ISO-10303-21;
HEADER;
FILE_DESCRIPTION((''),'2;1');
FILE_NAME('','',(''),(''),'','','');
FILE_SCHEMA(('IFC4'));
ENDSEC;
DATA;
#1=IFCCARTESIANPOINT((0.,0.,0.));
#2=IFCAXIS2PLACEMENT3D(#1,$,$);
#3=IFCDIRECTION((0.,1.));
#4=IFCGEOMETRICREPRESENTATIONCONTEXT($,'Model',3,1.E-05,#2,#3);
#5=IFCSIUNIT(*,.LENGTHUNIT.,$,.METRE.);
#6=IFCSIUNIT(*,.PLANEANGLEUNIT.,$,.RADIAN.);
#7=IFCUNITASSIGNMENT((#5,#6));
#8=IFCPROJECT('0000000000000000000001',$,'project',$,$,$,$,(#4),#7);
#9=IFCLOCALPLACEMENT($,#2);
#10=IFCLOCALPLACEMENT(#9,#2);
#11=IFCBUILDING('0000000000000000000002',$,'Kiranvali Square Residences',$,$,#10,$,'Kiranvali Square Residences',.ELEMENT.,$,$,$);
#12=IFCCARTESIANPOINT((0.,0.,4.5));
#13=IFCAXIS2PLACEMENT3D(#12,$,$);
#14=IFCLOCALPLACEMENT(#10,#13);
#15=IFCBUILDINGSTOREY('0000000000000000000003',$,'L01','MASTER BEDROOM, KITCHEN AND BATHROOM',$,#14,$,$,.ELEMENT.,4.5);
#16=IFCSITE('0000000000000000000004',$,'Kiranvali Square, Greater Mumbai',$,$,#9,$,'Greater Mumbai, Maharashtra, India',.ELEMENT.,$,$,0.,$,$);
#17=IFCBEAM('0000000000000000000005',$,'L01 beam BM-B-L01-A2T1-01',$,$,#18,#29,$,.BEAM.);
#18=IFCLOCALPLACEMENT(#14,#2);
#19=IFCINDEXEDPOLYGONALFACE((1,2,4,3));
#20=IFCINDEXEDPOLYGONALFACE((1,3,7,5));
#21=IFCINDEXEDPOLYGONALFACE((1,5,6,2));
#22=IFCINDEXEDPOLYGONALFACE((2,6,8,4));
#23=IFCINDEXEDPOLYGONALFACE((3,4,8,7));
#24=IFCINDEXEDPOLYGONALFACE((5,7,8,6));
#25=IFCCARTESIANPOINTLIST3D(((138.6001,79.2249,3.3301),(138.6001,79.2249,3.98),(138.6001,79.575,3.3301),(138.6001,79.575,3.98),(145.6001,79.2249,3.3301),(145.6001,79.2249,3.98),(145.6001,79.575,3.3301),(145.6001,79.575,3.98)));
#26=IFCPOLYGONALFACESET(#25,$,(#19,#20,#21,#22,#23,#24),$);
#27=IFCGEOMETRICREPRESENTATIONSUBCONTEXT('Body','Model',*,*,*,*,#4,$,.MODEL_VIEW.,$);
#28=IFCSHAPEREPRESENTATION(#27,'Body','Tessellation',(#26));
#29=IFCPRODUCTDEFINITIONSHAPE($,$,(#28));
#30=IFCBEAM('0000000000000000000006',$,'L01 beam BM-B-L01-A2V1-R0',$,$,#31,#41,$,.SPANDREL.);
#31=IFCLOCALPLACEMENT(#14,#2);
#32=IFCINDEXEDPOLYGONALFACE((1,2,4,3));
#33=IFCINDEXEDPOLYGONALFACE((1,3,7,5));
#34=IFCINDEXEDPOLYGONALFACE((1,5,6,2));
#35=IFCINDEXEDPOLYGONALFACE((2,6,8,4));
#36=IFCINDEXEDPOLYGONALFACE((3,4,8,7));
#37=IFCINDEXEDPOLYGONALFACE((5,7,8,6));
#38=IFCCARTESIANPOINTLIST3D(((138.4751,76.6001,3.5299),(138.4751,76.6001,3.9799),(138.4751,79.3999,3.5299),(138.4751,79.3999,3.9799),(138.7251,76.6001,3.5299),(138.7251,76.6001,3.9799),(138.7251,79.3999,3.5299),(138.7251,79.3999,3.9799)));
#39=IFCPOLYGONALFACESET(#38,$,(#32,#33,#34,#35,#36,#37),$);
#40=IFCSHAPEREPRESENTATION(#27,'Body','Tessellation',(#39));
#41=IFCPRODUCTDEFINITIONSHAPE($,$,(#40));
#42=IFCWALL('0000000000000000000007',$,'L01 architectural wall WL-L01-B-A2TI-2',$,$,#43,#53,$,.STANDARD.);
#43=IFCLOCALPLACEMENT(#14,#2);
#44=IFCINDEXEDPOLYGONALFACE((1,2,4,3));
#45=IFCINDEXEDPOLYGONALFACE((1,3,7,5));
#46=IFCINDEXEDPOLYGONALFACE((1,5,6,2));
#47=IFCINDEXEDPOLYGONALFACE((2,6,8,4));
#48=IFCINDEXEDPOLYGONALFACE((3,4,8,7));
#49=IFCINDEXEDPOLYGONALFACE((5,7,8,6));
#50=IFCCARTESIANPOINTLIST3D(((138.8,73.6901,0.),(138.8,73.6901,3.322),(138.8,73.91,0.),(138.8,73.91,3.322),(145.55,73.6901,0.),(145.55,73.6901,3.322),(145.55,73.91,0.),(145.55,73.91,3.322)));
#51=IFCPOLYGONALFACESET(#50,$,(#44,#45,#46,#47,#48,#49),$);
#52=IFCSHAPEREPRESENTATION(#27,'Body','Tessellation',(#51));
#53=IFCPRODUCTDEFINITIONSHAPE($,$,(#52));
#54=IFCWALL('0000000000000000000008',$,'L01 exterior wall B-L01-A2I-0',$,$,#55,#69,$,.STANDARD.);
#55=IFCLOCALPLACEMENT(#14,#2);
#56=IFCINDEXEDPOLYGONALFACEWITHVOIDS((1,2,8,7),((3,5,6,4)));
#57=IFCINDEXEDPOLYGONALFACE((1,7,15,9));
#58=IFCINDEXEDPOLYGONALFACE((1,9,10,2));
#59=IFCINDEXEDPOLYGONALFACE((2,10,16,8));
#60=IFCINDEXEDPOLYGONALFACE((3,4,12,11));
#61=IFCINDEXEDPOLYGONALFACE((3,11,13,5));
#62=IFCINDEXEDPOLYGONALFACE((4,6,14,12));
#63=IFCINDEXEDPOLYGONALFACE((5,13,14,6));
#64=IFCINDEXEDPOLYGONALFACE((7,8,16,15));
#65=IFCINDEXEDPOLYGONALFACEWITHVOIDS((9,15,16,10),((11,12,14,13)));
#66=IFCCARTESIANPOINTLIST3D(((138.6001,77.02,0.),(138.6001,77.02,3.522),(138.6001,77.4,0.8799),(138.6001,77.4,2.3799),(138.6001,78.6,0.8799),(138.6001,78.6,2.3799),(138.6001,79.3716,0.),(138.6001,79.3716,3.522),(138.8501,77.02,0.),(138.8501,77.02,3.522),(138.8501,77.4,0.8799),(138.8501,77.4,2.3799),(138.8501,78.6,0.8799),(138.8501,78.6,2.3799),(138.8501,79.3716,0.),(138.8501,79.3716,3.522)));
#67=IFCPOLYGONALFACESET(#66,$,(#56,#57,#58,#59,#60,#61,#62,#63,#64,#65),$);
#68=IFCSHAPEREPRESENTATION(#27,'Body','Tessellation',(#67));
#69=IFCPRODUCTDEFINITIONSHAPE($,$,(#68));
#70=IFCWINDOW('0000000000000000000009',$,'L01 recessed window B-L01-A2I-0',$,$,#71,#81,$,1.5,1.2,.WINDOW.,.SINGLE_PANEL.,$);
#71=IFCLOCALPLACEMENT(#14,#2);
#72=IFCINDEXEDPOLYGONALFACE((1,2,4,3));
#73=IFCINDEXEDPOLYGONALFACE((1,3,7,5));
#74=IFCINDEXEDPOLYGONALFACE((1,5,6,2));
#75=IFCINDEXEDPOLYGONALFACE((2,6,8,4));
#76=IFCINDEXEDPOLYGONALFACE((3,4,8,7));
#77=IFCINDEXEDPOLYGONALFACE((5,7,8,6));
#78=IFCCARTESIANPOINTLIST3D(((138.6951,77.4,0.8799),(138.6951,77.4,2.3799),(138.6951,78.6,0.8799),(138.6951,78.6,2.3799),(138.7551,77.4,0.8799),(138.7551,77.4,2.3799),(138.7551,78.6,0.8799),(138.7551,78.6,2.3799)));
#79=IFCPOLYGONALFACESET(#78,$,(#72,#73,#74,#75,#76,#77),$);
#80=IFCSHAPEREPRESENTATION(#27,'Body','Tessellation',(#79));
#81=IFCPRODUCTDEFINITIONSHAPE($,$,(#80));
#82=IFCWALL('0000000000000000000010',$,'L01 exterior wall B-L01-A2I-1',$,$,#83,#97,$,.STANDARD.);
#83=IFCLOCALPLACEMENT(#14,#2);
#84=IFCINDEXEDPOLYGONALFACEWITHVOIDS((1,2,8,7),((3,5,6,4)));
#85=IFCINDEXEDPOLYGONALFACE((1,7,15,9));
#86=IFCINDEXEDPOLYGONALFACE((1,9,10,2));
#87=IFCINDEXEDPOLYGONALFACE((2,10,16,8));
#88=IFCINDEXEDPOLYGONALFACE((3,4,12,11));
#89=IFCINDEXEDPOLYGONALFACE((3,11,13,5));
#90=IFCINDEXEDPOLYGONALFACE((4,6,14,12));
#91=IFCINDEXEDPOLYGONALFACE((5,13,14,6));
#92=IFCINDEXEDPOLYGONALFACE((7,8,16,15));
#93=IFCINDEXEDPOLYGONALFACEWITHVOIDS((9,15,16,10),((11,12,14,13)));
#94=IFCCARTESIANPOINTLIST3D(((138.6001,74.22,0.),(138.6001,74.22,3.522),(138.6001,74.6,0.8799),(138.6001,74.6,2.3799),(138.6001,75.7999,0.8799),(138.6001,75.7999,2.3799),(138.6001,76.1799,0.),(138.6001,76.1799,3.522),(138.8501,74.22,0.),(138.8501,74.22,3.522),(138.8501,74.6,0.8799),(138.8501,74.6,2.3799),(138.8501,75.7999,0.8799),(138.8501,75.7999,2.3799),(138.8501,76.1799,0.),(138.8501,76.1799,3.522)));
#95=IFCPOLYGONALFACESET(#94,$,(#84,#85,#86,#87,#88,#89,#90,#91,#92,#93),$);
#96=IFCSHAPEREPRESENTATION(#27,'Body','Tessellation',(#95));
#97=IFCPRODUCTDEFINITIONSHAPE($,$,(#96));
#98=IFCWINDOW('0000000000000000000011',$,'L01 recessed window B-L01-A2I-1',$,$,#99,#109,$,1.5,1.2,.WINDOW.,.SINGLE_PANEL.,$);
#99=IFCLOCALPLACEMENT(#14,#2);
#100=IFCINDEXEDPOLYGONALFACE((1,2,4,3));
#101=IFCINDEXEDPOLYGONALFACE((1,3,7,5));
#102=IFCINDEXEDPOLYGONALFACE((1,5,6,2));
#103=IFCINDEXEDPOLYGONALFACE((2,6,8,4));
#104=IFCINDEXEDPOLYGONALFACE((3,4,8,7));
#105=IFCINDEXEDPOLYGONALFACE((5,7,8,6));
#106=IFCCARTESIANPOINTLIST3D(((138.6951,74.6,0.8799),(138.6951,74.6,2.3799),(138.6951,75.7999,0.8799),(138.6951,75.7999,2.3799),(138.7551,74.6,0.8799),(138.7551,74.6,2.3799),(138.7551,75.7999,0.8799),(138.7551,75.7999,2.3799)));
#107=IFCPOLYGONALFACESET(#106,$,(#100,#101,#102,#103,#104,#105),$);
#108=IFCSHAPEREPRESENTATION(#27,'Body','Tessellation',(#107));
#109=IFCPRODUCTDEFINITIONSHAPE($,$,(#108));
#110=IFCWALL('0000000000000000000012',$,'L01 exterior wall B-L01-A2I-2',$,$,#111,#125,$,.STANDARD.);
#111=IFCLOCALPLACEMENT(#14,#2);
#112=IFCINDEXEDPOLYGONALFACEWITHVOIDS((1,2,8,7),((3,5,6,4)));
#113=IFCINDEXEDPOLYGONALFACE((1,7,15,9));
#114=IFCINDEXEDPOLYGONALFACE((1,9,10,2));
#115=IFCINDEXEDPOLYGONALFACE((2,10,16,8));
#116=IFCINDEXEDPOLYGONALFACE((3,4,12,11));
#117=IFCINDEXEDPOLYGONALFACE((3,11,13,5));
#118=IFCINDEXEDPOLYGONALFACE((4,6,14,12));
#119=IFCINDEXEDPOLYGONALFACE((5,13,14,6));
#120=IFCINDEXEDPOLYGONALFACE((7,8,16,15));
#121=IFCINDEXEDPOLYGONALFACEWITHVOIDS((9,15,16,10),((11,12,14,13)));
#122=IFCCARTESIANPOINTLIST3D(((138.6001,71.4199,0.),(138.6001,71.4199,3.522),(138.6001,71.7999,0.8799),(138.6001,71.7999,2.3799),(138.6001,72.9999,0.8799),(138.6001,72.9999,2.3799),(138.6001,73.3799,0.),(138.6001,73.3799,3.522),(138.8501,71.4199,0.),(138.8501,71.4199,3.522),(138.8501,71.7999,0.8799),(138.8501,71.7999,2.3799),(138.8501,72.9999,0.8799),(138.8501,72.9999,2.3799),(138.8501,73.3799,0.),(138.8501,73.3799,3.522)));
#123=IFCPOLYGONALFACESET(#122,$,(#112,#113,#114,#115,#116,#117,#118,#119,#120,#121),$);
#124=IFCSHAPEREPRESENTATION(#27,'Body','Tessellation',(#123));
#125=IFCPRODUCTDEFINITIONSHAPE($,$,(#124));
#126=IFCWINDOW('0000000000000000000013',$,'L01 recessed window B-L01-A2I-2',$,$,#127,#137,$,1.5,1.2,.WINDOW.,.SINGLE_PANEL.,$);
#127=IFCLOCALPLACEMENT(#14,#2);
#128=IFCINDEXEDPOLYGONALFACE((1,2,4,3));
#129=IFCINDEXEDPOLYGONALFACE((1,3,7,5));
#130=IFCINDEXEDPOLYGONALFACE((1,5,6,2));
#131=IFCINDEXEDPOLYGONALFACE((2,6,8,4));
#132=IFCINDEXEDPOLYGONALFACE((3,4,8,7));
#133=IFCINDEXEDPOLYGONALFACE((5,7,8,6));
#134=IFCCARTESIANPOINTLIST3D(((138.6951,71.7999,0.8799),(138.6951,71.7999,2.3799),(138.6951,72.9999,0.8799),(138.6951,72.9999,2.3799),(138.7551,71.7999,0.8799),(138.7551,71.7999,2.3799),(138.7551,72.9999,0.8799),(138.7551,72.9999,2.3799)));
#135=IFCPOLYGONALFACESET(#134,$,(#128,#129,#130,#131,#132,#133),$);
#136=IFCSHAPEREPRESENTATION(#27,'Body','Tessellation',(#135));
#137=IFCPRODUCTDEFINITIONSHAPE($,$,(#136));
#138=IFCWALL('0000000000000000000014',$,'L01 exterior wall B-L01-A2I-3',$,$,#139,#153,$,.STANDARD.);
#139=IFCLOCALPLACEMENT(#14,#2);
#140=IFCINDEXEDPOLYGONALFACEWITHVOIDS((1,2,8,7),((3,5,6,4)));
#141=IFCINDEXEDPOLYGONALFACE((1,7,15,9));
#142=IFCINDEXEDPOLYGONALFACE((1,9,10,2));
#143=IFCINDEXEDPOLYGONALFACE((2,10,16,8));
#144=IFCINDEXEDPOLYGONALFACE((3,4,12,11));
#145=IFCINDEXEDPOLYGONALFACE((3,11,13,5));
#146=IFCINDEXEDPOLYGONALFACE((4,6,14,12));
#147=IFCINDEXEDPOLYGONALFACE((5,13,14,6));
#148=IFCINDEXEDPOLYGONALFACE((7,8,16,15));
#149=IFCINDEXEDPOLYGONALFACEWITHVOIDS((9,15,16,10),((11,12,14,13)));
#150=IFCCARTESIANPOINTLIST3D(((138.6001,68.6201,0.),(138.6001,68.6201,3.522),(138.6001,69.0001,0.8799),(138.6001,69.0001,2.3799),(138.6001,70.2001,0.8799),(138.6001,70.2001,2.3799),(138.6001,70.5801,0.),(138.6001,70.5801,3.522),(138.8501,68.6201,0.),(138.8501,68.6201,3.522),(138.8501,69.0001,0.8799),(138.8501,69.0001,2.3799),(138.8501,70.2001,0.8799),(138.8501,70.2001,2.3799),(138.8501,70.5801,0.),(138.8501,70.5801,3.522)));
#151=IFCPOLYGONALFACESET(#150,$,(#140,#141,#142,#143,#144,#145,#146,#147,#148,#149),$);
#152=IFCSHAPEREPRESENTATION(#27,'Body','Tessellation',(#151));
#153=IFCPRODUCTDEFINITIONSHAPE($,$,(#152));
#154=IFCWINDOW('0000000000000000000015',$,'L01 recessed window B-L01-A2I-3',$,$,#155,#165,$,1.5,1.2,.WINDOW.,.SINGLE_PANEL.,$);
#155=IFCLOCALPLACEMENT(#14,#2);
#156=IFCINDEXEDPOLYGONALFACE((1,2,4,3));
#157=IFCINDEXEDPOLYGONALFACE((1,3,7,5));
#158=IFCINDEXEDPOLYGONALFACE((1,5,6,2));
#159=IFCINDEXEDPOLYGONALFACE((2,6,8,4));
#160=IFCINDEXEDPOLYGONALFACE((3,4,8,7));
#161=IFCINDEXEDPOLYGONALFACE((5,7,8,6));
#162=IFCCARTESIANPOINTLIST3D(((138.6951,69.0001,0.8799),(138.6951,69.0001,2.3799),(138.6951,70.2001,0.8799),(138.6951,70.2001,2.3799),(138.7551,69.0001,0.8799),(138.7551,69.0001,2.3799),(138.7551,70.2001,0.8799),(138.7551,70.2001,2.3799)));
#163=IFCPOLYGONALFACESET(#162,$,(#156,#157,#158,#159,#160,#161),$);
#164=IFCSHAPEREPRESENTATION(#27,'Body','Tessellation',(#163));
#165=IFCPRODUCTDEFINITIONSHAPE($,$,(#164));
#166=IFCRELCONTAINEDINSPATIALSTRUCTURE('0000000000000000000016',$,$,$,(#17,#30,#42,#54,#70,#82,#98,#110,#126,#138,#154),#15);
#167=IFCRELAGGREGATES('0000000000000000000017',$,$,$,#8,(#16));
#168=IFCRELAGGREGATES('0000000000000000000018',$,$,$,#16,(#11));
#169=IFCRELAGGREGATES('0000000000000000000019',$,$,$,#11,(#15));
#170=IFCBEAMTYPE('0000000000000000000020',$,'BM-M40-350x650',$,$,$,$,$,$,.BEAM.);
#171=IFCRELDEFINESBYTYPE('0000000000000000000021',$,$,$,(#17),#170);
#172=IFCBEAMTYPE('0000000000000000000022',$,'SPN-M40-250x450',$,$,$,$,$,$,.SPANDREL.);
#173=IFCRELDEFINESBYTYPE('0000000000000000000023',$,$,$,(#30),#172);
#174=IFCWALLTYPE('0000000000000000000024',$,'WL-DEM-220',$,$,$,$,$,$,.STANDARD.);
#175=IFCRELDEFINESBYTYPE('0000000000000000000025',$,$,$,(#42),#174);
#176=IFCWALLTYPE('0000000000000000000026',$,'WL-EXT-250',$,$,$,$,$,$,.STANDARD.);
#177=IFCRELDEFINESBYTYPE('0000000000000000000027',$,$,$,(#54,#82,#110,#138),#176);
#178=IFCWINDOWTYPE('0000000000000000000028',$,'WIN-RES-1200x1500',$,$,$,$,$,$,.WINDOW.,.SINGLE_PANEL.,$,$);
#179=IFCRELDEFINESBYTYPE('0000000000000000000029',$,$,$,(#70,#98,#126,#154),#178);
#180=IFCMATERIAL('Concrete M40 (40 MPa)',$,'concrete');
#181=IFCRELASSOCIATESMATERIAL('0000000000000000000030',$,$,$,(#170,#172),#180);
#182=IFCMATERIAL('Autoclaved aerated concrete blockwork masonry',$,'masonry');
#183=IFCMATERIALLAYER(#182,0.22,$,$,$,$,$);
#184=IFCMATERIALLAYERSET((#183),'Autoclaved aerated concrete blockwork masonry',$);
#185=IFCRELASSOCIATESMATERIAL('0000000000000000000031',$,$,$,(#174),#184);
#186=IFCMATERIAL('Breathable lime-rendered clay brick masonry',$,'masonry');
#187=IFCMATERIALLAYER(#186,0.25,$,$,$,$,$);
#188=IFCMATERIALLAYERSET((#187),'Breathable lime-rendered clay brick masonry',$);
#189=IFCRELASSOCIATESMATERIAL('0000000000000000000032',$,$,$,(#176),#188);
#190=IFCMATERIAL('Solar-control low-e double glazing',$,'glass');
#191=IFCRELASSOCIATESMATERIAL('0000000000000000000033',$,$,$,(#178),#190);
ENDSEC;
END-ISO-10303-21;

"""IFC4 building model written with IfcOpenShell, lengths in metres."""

from ifc_helpers import new_model, si_unit, direction, frame, frame_2d, origin, origin_2d, place, context, subcontext, project, spatial, rectangle, extrude, material, layer, layer_set, material_profile, profile_set, type_object, element, fill, save


model = new_model("IFC4")

# Units and contexts
model_context = context("Model", 3, precision=1e-05, world=origin(), true_north=direction((0.0, 1.0)))
body_context = subcontext(model_context, "Body", "Model", "MODEL_VIEW")
ifc_project = project(units=[si_unit("LENGTHUNIT", "METRE"), si_unit("PLANEANGLEUNIT", "RADIAN")], contexts=[model_context])

# Site, building, storey
site_placement = place(None, origin())
site = spatial("IfcSite", under=ifc_project, at=site_placement, Name="Kiranvali Square, Greater Mumbai", LongName="Greater Mumbai, Maharashtra, India", CompositionType="ELEMENT", RefElevation=0.0)
building_placement = place(site_placement, origin())
building = spatial("IfcBuilding", under=site, at=building_placement, Name="Kiranvali Square Residences", LongName="Kiranvali Square Residences", CompositionType="ELEMENT")
storey_placement = place(building_placement, frame((0.0, 0.0, 4.5)))
storey = spatial("IfcBuildingStorey", under=building, at=storey_placement, Name="L01", Description="MASTER BEDROOM, KITCHEN AND BATHROOM", CompositionType="ELEMENT", Elevation=4.5)

# Beams
ifc_material_1 = material(Name="Concrete M40 (40 MPa)", Category="concrete")
ifc_material_profile_1 = material_profile(ifc_material_1, rectangle(XDim=0.3501, YDim=0.6499, at=origin_2d()), Name="RC 350x650")
ifc_profile_set_1 = profile_set([ifc_material_profile_1], Name="Concrete M40 (40 MPa)")
beam_type_1 = type_object("IfcBeamType", Name="BM-M40-350x650", PredefinedType="BEAM", material=ifc_profile_set_1)
beam_1_placement = place(storey_placement, frame((138.6001, 79.3999, 3.655), z_axis=(1.0, 0.0, 0.0), x_axis=(0.0, 1.0, 0.0)))
element("IfcBeam", 1, at=beam_1_placement, inside=storey, type_object=beam_type_1, Name="L01 beam BM-B-L01-A2T1-01", PredefinedType="BEAM", context=body_context, shape_type="SweptSolid", body=[
    extrude(rectangle(XDim=0.3501, YDim=0.6499, at=origin_2d()), origin(), (0.0, 0.0, 1.0), 7.0),
])
ifc_material_profile_2 = material_profile(ifc_material_1, rectangle(XDim=0.25, YDim=0.45, at=origin_2d()), Name="RC 250x450")
ifc_profile_set_2 = profile_set([ifc_material_profile_2], Name="Concrete M40 (40 MPa)")
beam_type_2 = type_object("IfcBeamType", Name="SPN-M40-250x450", PredefinedType="SPANDREL", material=ifc_profile_set_2)
beam_2_placement = place(storey_placement, frame((138.6001, 79.3999, 3.7549), z_axis=(0.0, -1.0, 0.0), x_axis=(1.0, 0.0, 0.0)))
element("IfcBeam", 2, at=beam_2_placement, inside=storey, type_object=beam_type_2, Name="L01 beam BM-B-L01-A2V1-R0", PredefinedType="SPANDREL", context=body_context, shape_type="SweptSolid", body=[
    extrude(rectangle(XDim=0.25, YDim=0.45, at=origin_2d()), origin(), (0.0, 0.0, 1.0), 2.7998),
])

# Wall
ifc_material_2 = material(Name="Autoclaved aerated concrete blockwork masonry", Category="masonry")
ifc_layer_1 = layer(ifc_material_2, 0.22)
ifc_layer_set_1 = layer_set([ifc_layer_1], Name="Autoclaved aerated concrete blockwork masonry")
wall_type_1 = type_object("IfcWallType", Name="WL-DEM-220", PredefinedType="STANDARD", material=ifc_layer_set_1)
wall_1_placement = place(storey_placement, frame((138.8, 73.8, 0.0), z_axis=(0.0, 0.0, 1.0), x_axis=(1.0, 0.0, 0.0)))
element("IfcWall", 3, at=wall_1_placement, inside=storey, type_object=wall_type_1, Name="L01 architectural wall WL-L01-B-A2TI-2", PredefinedType="STANDARD", context=body_context, shape_type="SweptSolid", body=[
    extrude(rectangle(XDim=6.75, YDim=0.22, at=frame_2d((3.375, 0.0))), origin(), (0.0, 0.0, 1.0), 3.322),
])

# Walls, openings, windows
ifc_material_3 = material(Name="Breathable lime-rendered clay brick masonry", Category="masonry")
ifc_layer_2 = layer(ifc_material_3, 0.25)
ifc_layer_set_2 = layer_set([ifc_layer_2], Name="Breathable lime-rendered clay brick masonry")
wall_type_2 = type_object("IfcWallType", Name="WL-EXT-250", PredefinedType="STANDARD", material=ifc_layer_set_2)
wall_2_placement = place(storey_placement, frame((138.7251, 79.3716, 0.0), z_axis=(0.0, 0.0, 1.0), x_axis=(0.0, -1.0, 0.0)))
wall_2 = element("IfcWall", 4, at=wall_2_placement, inside=storey, type_object=wall_type_2, Name="L01 exterior wall B-L01-A2I-0", PredefinedType="STANDARD", context=body_context, shape_type="SweptSolid", body=[
    extrude(rectangle(XDim=2.3516, YDim=0.25, at=frame_2d((1.1758, 0.0))), origin(), (0.0, 0.0, 1.0), 3.522),
])
opening_1_placement = place(wall_2_placement, frame((0.7715, 0.0, 0.8799)))
opening_1 = element("IfcOpeningElement", 5, at=opening_1_placement, cuts=wall_2, PredefinedType="OPENING", context=body_context, shape_type="SweptSolid", body=[
    extrude(rectangle(XDim=1.2, YDim=1.5, at=frame_2d((0.6001, 0.75))), frame((0.0, 0.135, 0.0), z_axis=(0.0, -1.0, 0.0), x_axis=(1.0, 0.0, 0.0)), (0.0, 0.0, 1.0), 0.27),
])
ifc_material_4 = material(Name="Solar-control low-e double glazing", Category="glass")
window_type_1 = type_object("IfcWindowType", Name="WIN-RES-1200x1500", PartitioningType="SINGLE_PANEL", PredefinedType="WINDOW", material=ifc_material_4)
window_1_placement = place(opening_1_placement, origin())
window_1 = element("IfcWindow", 6, at=window_1_placement, inside=storey, type_object=window_type_1, Name="L01 recessed window B-L01-A2I-0", OverallHeight=1.5, OverallWidth=1.2, PartitioningType="SINGLE_PANEL", PredefinedType="WINDOW", context=body_context, shape_type="SweptSolid", body=[
    extrude(rectangle(XDim=1.2, YDim=1.5, at=frame_2d((0.6001, 0.75))), frame((0.0, 0.03, 0.0), z_axis=(0.0, -1.0, 0.0), x_axis=(1.0, 0.0, 0.0)), (0.0, 0.0, 1.0), 0.0601),
])
fill(opening_1, window_1)
wall_3_placement = place(storey_placement, frame((138.7251, 76.1799, 0.0), z_axis=(0.0, 0.0, 1.0), x_axis=(0.0, -1.0, 0.0)))
wall_3 = element("IfcWall", 7, at=wall_3_placement, inside=storey, type_object=wall_type_2, Name="L01 exterior wall B-L01-A2I-1", PredefinedType="STANDARD", context=body_context, shape_type="SweptSolid", body=[
    extrude(rectangle(XDim=1.96, YDim=0.25, at=frame_2d((0.98, 0.0))), origin(), (0.0, 0.0, 1.0), 3.522),
])
opening_2_placement = place(wall_3_placement, frame((0.3799, 0.0, 0.8799)))
opening_2 = element("IfcOpeningElement", 8, at=opening_2_placement, cuts=wall_3, PredefinedType="OPENING", context=body_context, shape_type="SweptSolid", body=[
    extrude(rectangle(XDim=1.2, YDim=1.5, at=frame_2d((0.6001, 0.75))), frame((0.0, 0.135, 0.0), z_axis=(0.0, -1.0, 0.0), x_axis=(1.0, 0.0, 0.0)), (0.0, 0.0, 1.0), 0.27),
])
window_2_placement = place(opening_2_placement, origin())
window_2 = element("IfcWindow", 9, at=window_2_placement, inside=storey, type_object=window_type_1, Name="L01 recessed window B-L01-A2I-1", OverallHeight=1.5, OverallWidth=1.2, PartitioningType="SINGLE_PANEL", PredefinedType="WINDOW", context=body_context, shape_type="SweptSolid", body=[
    extrude(rectangle(XDim=1.2, YDim=1.5, at=frame_2d((0.6001, 0.75))), frame((0.0, 0.03, 0.0), z_axis=(0.0, -1.0, 0.0), x_axis=(1.0, 0.0, 0.0)), (0.0, 0.0, 1.0), 0.0601),
])
fill(opening_2, window_2)
wall_4_placement = place(storey_placement, frame((138.7251, 73.3799, 0.0), z_axis=(0.0, 0.0, 1.0), x_axis=(0.0, -1.0, 0.0)))
wall_4 = element("IfcWall", 10, at=wall_4_placement, inside=storey, type_object=wall_type_2, Name="L01 exterior wall B-L01-A2I-2", PredefinedType="STANDARD", context=body_context, shape_type="SweptSolid", body=[
    extrude(rectangle(XDim=1.96, YDim=0.25, at=frame_2d((0.98, 0.0))), origin(), (0.0, 0.0, 1.0), 3.522),
])
opening_3_placement = place(wall_4_placement, frame((0.3799, 0.0, 0.8799)))
opening_3 = element("IfcOpeningElement", 11, at=opening_3_placement, cuts=wall_4, PredefinedType="OPENING", context=body_context, shape_type="SweptSolid", body=[
    extrude(rectangle(XDim=1.2, YDim=1.5, at=frame_2d((0.6001, 0.75))), frame((0.0, 0.135, 0.0), z_axis=(0.0, -1.0, 0.0), x_axis=(1.0, 0.0, 0.0)), (0.0, 0.0, 1.0), 0.27),
])
window_3_placement = place(opening_3_placement, origin())
window_3 = element("IfcWindow", 12, at=window_3_placement, inside=storey, type_object=window_type_1, Name="L01 recessed window B-L01-A2I-2", OverallHeight=1.5, OverallWidth=1.2, PartitioningType="SINGLE_PANEL", PredefinedType="WINDOW", context=body_context, shape_type="SweptSolid", body=[
    extrude(rectangle(XDim=1.2, YDim=1.5, at=frame_2d((0.6001, 0.75))), frame((0.0, 0.03, 0.0), z_axis=(0.0, -1.0, 0.0), x_axis=(1.0, 0.0, 0.0)), (0.0, 0.0, 1.0), 0.0601),
])
fill(opening_3, window_3)
wall_5_placement = place(storey_placement, frame((138.7251, 70.5801, 0.0), z_axis=(0.0, 0.0, 1.0), x_axis=(0.0, -1.0, 0.0)))
wall_5 = element("IfcWall", 13, at=wall_5_placement, inside=storey, type_object=wall_type_2, Name="L01 exterior wall B-L01-A2I-3", PredefinedType="STANDARD", context=body_context, shape_type="SweptSolid", body=[
    extrude(rectangle(XDim=1.96, YDim=0.25, at=frame_2d((0.98, 0.0))), origin(), (0.0, 0.0, 1.0), 3.522),
])
opening_4_placement = place(wall_5_placement, frame((0.3799, 0.0, 0.8799)))
opening_4 = element("IfcOpeningElement", 14, at=opening_4_placement, cuts=wall_5, PredefinedType="OPENING", context=body_context, shape_type="SweptSolid", body=[
    extrude(rectangle(XDim=1.2, YDim=1.5, at=frame_2d((0.6001, 0.75))), frame((0.0, 0.135, 0.0), z_axis=(0.0, -1.0, 0.0), x_axis=(1.0, 0.0, 0.0)), (0.0, 0.0, 1.0), 0.27),
])
window_4_placement = place(opening_4_placement, origin())
window_4 = element("IfcWindow", 15, at=window_4_placement, inside=storey, type_object=window_type_1, Name="L01 recessed window B-L01-A2I-3", OverallHeight=1.5, OverallWidth=1.2, PartitioningType="SINGLE_PANEL", PredefinedType="WINDOW", context=body_context, shape_type="SweptSolid", body=[
    extrude(rectangle(XDim=1.2, YDim=1.5, at=frame_2d((0.6001, 0.75))), frame((0.0, 0.03, 0.0), z_axis=(0.0, -1.0, 0.0), x_axis=(1.0, 0.0, 0.0)), (0.0, 0.0, 1.0), 0.0601),
])
fill(opening_4, window_4)

save(model, "model.ifc")
